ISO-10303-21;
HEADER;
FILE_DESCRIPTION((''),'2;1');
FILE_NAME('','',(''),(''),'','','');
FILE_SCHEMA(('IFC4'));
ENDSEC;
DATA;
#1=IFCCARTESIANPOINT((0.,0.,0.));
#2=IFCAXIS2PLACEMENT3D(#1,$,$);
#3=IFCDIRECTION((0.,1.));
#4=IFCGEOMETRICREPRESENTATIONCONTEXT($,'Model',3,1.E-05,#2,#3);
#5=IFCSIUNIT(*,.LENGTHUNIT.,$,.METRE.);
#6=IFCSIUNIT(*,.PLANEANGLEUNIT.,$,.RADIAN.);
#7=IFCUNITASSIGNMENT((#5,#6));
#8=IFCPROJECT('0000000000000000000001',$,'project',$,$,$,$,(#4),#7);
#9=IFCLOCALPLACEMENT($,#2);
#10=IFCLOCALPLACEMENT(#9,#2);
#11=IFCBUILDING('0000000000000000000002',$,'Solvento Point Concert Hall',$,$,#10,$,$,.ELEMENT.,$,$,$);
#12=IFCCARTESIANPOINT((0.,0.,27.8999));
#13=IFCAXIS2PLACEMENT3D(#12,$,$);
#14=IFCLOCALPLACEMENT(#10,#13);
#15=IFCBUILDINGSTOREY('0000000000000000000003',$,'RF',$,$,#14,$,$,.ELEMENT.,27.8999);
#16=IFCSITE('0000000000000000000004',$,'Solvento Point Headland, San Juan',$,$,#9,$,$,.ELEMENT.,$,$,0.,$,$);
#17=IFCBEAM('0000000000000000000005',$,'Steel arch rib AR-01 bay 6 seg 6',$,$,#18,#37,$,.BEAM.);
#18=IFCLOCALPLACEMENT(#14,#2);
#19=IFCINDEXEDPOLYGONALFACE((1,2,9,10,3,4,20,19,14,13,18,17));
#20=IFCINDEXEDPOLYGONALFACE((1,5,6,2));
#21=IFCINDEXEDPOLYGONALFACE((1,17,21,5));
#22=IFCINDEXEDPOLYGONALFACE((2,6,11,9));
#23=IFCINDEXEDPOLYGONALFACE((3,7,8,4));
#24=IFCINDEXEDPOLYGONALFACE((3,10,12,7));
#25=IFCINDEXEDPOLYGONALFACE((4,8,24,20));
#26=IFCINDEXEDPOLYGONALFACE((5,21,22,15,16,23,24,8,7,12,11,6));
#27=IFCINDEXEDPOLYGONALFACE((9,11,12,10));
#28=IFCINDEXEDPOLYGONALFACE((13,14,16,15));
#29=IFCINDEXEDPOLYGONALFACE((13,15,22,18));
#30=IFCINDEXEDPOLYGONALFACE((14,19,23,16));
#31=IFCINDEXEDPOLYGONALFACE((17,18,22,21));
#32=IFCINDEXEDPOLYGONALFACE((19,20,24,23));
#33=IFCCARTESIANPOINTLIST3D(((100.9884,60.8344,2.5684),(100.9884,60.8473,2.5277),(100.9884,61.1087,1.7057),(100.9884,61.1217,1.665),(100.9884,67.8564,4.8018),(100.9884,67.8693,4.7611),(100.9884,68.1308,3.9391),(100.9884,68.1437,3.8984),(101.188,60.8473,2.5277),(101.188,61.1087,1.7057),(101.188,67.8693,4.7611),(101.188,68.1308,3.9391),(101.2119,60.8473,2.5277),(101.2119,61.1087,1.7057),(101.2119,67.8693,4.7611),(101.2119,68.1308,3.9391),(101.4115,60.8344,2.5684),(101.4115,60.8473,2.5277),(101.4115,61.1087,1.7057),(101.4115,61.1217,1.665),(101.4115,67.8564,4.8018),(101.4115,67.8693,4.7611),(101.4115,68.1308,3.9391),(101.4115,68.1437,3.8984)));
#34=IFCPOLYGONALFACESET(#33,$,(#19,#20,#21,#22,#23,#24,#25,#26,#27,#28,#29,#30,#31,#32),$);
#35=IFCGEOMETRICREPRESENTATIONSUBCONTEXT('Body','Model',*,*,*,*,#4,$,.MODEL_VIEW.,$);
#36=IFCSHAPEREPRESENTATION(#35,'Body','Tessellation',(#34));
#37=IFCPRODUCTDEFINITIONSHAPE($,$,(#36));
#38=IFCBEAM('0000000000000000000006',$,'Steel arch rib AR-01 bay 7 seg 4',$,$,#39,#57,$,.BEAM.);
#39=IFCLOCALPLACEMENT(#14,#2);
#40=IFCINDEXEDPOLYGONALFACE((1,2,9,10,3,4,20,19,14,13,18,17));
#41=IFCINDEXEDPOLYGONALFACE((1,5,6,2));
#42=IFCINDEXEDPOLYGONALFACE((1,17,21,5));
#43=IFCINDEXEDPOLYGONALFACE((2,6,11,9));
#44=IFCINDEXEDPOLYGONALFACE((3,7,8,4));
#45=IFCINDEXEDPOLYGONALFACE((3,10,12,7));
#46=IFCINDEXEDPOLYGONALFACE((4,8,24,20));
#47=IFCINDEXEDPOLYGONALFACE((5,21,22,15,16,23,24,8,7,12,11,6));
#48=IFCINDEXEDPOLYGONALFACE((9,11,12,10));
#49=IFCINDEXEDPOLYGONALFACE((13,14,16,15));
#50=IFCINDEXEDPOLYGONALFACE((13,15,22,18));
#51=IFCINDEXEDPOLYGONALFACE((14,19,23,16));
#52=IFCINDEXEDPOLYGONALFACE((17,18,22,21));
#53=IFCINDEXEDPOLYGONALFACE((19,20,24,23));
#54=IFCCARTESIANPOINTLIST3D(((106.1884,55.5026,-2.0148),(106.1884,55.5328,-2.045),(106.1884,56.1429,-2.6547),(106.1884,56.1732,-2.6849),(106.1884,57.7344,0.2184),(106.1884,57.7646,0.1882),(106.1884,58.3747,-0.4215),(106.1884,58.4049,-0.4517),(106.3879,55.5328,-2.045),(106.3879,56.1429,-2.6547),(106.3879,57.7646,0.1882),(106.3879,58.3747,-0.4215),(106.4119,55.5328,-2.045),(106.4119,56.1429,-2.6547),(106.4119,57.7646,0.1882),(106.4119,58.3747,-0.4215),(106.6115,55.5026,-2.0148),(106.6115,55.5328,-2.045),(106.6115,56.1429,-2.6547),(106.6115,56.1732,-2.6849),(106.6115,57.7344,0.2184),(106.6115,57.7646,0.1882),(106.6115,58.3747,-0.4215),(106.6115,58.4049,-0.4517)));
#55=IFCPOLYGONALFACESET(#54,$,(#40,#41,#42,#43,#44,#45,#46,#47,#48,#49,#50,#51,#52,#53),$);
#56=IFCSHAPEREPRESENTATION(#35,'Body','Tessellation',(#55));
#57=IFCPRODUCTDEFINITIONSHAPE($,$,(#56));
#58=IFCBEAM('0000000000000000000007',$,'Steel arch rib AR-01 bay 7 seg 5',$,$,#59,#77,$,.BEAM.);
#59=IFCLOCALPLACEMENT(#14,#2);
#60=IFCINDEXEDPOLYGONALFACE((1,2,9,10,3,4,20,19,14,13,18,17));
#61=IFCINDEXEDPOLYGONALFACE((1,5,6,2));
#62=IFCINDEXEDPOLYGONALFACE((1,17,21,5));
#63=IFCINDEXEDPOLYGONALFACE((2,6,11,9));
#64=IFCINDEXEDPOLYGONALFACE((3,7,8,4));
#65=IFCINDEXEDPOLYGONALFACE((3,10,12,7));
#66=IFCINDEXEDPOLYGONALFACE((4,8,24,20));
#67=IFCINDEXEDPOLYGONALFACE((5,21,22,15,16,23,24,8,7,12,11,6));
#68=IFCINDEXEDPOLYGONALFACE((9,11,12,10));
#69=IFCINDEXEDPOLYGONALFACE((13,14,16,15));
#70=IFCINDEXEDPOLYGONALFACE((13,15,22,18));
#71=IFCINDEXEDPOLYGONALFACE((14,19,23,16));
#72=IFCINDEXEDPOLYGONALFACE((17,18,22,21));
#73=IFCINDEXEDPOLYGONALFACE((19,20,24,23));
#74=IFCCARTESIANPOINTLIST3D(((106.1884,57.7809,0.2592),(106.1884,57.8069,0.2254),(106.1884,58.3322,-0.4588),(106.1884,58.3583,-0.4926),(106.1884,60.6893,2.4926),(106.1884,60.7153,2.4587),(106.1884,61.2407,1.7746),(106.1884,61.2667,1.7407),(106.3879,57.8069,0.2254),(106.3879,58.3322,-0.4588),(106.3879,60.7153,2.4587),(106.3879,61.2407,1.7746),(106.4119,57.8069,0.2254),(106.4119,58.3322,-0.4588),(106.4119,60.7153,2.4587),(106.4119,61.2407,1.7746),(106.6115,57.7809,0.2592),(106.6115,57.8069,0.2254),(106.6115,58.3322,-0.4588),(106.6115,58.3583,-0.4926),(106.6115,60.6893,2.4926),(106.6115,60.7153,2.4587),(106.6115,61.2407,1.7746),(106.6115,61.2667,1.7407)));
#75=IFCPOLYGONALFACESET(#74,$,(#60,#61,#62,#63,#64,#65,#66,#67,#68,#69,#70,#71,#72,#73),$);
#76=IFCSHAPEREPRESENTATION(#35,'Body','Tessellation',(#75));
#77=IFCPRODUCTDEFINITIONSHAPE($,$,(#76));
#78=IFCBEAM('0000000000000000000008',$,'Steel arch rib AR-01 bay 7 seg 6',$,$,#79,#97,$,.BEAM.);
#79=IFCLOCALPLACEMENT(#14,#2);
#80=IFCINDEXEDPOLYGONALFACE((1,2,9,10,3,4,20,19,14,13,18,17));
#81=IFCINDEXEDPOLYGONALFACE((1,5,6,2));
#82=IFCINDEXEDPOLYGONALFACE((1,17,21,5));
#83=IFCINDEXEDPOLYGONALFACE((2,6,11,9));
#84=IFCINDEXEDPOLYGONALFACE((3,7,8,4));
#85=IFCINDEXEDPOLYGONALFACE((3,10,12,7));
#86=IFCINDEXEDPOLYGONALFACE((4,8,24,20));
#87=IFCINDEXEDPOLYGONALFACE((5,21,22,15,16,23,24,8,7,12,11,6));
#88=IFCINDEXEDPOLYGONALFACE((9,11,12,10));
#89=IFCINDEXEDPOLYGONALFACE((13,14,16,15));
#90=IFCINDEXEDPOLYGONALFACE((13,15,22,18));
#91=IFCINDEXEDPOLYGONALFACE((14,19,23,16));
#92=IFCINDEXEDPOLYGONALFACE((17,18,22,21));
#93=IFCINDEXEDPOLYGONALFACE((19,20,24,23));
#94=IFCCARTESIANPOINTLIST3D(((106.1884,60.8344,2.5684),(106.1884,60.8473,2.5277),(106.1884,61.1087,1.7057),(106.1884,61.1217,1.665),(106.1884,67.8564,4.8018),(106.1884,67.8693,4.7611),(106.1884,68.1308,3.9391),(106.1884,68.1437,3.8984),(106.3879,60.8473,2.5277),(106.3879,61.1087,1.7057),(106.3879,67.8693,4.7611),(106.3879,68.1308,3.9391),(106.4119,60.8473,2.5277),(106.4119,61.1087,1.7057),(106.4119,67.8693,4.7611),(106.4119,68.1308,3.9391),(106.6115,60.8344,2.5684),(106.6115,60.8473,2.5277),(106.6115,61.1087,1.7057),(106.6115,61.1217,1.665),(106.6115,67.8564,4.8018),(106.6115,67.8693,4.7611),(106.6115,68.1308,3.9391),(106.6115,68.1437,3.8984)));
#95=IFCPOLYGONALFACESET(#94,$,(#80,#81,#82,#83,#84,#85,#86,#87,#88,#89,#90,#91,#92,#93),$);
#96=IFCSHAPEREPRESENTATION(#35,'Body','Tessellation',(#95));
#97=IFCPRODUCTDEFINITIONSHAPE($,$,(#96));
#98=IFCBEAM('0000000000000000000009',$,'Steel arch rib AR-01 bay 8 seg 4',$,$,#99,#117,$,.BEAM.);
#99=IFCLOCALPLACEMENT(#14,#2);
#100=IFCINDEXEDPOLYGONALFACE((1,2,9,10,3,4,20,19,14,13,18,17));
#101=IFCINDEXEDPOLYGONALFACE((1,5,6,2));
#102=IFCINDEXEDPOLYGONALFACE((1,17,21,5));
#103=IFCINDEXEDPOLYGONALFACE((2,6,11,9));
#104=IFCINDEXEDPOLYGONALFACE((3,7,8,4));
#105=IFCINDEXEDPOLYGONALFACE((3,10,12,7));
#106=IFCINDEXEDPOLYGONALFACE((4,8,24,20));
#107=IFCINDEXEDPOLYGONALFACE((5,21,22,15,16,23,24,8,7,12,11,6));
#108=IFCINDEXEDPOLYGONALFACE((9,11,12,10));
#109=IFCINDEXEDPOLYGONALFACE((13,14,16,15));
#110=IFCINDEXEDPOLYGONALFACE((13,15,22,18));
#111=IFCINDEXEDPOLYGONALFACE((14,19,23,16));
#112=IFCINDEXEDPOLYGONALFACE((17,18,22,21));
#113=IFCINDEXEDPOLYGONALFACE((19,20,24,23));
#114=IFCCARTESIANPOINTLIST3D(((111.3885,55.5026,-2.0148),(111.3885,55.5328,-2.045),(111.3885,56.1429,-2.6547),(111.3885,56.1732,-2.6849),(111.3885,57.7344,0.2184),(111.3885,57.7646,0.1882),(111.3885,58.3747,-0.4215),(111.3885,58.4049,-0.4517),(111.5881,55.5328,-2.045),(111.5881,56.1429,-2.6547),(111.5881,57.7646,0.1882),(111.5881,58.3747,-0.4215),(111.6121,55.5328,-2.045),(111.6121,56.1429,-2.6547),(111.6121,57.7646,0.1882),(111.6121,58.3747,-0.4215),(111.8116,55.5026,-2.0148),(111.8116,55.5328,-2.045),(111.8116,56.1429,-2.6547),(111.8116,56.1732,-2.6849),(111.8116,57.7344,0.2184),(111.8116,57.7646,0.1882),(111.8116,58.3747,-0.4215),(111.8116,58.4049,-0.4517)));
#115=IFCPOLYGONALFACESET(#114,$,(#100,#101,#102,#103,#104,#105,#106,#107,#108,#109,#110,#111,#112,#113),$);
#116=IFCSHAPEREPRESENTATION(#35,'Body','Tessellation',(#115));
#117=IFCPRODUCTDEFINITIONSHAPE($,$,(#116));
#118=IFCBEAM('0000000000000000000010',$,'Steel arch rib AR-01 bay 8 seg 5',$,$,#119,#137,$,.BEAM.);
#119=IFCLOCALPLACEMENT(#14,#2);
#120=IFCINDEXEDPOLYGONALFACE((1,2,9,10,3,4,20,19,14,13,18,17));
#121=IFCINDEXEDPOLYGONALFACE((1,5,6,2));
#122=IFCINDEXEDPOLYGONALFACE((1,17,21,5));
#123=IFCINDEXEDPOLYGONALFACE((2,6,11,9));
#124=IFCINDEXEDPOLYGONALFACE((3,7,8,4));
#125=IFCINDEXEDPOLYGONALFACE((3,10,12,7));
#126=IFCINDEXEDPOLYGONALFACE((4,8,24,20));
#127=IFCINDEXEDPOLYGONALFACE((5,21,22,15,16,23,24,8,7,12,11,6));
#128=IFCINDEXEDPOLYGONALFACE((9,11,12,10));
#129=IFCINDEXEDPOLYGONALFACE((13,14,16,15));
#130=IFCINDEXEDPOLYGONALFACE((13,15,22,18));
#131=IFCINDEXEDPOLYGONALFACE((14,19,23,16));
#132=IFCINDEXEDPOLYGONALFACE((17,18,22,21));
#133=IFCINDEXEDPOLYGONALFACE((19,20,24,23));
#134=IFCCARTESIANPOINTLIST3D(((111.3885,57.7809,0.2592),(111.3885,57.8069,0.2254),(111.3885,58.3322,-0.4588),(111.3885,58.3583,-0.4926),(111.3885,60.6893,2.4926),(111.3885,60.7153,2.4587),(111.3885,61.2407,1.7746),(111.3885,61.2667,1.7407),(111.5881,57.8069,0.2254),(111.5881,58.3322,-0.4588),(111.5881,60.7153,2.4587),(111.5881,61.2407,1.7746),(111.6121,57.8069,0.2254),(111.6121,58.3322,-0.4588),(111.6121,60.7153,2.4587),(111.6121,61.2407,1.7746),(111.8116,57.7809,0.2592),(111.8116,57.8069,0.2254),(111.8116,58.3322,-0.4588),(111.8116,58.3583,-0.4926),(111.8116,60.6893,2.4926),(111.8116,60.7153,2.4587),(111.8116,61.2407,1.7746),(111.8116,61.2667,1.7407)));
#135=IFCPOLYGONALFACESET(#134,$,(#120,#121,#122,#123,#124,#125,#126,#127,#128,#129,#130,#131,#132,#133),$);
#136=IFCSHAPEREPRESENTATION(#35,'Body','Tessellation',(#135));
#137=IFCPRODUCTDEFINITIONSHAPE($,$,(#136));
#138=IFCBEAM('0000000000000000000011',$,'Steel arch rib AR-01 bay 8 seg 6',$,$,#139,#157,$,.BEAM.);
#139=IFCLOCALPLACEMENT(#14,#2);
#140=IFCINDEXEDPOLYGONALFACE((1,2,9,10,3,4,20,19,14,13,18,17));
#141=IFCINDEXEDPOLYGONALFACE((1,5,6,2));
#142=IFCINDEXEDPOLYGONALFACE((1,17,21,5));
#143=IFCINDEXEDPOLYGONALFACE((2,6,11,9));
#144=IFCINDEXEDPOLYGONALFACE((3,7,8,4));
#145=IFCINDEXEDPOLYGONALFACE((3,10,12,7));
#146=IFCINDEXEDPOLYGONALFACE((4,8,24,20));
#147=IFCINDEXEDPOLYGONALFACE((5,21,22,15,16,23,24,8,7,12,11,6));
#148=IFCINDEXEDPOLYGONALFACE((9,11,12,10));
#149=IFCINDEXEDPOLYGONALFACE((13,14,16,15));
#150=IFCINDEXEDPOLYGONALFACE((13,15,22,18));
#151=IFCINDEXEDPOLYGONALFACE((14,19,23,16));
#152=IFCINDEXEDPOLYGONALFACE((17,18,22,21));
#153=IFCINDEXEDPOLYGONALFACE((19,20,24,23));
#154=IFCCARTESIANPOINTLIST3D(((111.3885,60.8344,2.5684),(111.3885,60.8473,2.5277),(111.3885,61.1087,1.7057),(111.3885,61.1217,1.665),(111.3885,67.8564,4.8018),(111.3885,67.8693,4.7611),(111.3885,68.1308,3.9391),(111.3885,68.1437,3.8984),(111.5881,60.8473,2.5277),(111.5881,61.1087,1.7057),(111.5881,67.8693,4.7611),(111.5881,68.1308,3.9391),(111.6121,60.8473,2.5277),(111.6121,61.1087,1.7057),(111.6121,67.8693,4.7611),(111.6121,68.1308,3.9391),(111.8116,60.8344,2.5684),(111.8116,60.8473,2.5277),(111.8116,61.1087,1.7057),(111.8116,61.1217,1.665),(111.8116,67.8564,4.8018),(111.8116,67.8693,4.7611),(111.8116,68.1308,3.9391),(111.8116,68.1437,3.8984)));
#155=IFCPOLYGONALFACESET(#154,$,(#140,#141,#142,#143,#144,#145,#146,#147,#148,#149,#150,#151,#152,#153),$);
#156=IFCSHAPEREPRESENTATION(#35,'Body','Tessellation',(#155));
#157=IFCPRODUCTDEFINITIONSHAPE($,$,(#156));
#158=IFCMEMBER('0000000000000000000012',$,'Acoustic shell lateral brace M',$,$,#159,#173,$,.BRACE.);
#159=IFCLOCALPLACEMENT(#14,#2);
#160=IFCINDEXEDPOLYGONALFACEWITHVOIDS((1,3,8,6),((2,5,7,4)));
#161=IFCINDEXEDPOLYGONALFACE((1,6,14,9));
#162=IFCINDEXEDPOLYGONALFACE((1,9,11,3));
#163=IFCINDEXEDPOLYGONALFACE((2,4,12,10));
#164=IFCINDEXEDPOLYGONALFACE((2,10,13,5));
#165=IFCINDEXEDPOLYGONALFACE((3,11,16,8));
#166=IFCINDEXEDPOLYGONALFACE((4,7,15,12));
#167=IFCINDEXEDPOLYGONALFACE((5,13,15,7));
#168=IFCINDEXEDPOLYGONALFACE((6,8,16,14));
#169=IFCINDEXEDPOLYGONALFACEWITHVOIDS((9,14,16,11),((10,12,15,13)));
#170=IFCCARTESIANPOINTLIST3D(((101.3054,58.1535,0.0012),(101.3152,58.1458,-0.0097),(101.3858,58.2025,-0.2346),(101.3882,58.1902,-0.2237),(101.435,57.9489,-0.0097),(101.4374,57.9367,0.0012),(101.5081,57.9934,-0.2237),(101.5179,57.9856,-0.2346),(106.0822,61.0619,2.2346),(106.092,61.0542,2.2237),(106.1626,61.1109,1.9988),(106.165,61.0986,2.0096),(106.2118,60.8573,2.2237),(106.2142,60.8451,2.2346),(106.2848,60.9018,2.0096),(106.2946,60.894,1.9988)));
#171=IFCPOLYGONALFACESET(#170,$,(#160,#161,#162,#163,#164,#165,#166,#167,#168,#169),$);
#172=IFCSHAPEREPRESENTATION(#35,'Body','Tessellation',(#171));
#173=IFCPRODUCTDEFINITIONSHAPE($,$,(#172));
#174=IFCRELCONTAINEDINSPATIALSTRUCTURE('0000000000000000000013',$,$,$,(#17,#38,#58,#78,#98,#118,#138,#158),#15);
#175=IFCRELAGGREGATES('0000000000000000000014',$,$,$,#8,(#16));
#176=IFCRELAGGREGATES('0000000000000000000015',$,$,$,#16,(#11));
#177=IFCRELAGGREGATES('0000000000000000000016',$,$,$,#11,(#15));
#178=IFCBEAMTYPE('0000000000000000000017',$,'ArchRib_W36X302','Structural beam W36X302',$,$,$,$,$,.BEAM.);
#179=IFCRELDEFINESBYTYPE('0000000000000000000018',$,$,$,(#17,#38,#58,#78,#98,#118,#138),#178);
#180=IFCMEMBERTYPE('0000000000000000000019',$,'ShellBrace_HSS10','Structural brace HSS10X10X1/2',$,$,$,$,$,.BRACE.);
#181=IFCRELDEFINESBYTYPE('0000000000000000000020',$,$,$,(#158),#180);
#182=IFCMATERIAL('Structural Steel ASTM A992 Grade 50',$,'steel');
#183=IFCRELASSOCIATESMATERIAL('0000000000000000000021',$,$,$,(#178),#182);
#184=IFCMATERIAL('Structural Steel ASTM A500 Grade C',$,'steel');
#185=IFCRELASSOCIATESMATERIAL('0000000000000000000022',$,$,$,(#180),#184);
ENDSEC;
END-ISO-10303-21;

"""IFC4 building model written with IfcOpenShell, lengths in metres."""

from ifc_helpers import new_model, si_unit, direction, frame, origin, origin_2d, place, context, subcontext, project, spatial, hollow_rectangle, i_section, extrude, material, material_profile, profile_set, type_object, element, save


model = new_model("IFC4")

# Units and contexts
model_context = context("Model", 3, precision=1e-05, world=origin(), true_north=direction((0.0, 1.0)))
body_context = subcontext(model_context, "Body", "Model", "MODEL_VIEW")
ifc_project = project(units=[si_unit("LENGTHUNIT", "METRE"), si_unit("PLANEANGLEUNIT", "RADIAN")], contexts=[model_context])

# Site, building, storey
site_placement = place(None, origin())
site = spatial("IfcSite", under=ifc_project, at=site_placement, Name="Solvento Point Headland, San Juan", CompositionType="ELEMENT", RefElevation=0.0)
building_placement = place(site_placement, origin())
building = spatial("IfcBuilding", under=site, at=building_placement, Name="Solvento Point Concert Hall", CompositionType="ELEMENT")
storey_placement = place(building_placement, frame((0.0, 0.0, 27.8999)))
storey = spatial("IfcBuildingStorey", under=building, at=storey_placement, Name="RF", CompositionType="ELEMENT", Elevation=27.8999)

# Beams
ifc_material_1 = material(Name="Structural Steel ASTM A992 Grade 50", Category="steel")
ifc_material_profile_1 = material_profile(ifc_material_1, i_section(OverallWidth=0.4231, OverallDepth=0.948, WebThickness=0.0239, FlangeThickness=0.0427, at=origin_2d()), Name="W36X302")
ifc_profile_set_1 = profile_set([ifc_material_profile_1], Name="Structural Steel ASTM A992 Grade 50")
beam_type = type_object("IfcBeamType", Name="ArchRib_W36X302", Description="Structural beam W36X302", PredefinedType="BEAM", material=ifc_profile_set_1)
beam_1_placement = place(storey_placement, frame((101.2, 60.978, 2.1167), z_axis=(0.0, 0.95296, 0.303097), x_axis=(-1.0, 0.0, 0.0)))
element("IfcBeam", 1, at=beam_1_placement, inside=storey, type_object=beam_type, Name="Steel arch rib AR-01 bay 6 seg 6", PredefinedType="BEAM", context=body_context, shape_type="SweptSolid", body=[
    extrude(i_section(OverallWidth=0.4231, OverallDepth=0.948, WebThickness=0.0239, FlangeThickness=0.0427, at=origin_2d()), origin(), (0.0, 0.0, 1.0), 7.3687),
])
beam_2_placement = place(storey_placement, frame((106.3999, 55.8379, -2.3499), z_axis=(0.0, 0.706875, 0.707339), x_axis=(-1.0, 0.0, 0.0)))
element("IfcBeam", 2, at=beam_2_placement, inside=storey, type_object=beam_type, Name="Steel arch rib AR-01 bay 7 seg 4", PredefinedType="BEAM", context=body_context, shape_type="SweptSolid", body=[
    extrude(i_section(OverallWidth=0.4231, OverallDepth=0.948, WebThickness=0.0239, FlangeThickness=0.0427, at=origin_2d()), origin(), (0.0, 0.0, 1.0), 3.1572),
])
beam_3_placement = place(storey_placement, frame((106.3999, 58.0696, -0.1167), z_axis=(0.0, 0.793134, 0.609048), x_axis=(-1.0, 0.0, 0.0)))
element("IfcBeam", 3, at=beam_3_placement, inside=storey, type_object=beam_type, Name="Steel arch rib AR-01 bay 7 seg 5", PredefinedType="BEAM", context=body_context, shape_type="SweptSolid", body=[
    extrude(i_section(OverallWidth=0.4231, OverallDepth=0.948, WebThickness=0.0239, FlangeThickness=0.0427, at=origin_2d()), origin(), (0.0, 0.0, 1.0), 3.667),
])
beam_4_placement = place(storey_placement, frame((106.3999, 60.978, 2.1167), z_axis=(0.0, 0.95296, 0.303097), x_axis=(-1.0, 0.0, 0.0)))
element("IfcBeam", 4, at=beam_4_placement, inside=storey, type_object=beam_type, Name="Steel arch rib AR-01 bay 7 seg 6", PredefinedType="BEAM", context=body_context, shape_type="SweptSolid", body=[
    extrude(i_section(OverallWidth=0.4231, OverallDepth=0.948, WebThickness=0.0239, FlangeThickness=0.0427, at=origin_2d()), origin(), (0.0, 0.0, 1.0), 7.3687),
])
beam_5_placement = place(storey_placement, frame((111.6001, 55.8379, -2.3499), z_axis=(0.0, 0.706875, 0.707339), x_axis=(-1.0, 0.0, 0.0)))
element("IfcBeam", 5, at=beam_5_placement, inside=storey, type_object=beam_type, Name="Steel arch rib AR-01 bay 8 seg 4", PredefinedType="BEAM", context=body_context, shape_type="SweptSolid", body=[
    extrude(i_section(OverallWidth=0.4231, OverallDepth=0.948, WebThickness=0.0239, FlangeThickness=0.0427, at=origin_2d()), origin(), (0.0, 0.0, 1.0), 3.1572),
])
beam_6_placement = place(storey_placement, frame((111.6001, 58.0696, -0.1167), z_axis=(0.0, 0.793134, 0.609048), x_axis=(-1.0, 0.0, 0.0)))
element("IfcBeam", 6, at=beam_6_placement, inside=storey, type_object=beam_type, Name="Steel arch rib AR-01 bay 8 seg 5", PredefinedType="BEAM", context=body_context, shape_type="SweptSolid", body=[
    extrude(i_section(OverallWidth=0.4231, OverallDepth=0.948, WebThickness=0.0239, FlangeThickness=0.0427, at=origin_2d()), origin(), (0.0, 0.0, 1.0), 3.667),
])
beam_7_placement = place(storey_placement, frame((111.6001, 60.978, 2.1167), z_axis=(0.0, 0.95296, 0.303097), x_axis=(-1.0, 0.0, 0.0)))
element("IfcBeam", 7, at=beam_7_placement, inside=storey, type_object=beam_type, Name="Steel arch rib AR-01 bay 8 seg 6", PredefinedType="BEAM", context=body_context, shape_type="SweptSolid", body=[
    extrude(i_section(OverallWidth=0.4231, OverallDepth=0.948, WebThickness=0.0239, FlangeThickness=0.0427, at=origin_2d()), origin(), (0.0, 0.0, 1.0), 7.3687),
])

# Member
ifc_material_2 = material(Name="Structural Steel ASTM A500 Grade C", Category="steel")
ifc_material_profile_2 = material_profile(ifc_material_2, hollow_rectangle(XDim=0.2539, YDim=0.2539, WallThickness=0.0117, at=origin_2d()), Name="HSS10X10X1/2")
ifc_profile_set_2 = profile_set([ifc_material_profile_2], Name="Structural Steel ASTM A500 Grade C")
member_type_1 = type_object("IfcMemberType", Name="ShellBrace_HSS10", Description="Structural brace HSS10X10X1/2", PredefinedType="BRACE", material=ifc_profile_set_2)
member_placement = place(storey_placement, frame((101.4116, 58.0696, -0.1167), z_axis=(0.793223, 0.482964, 0.370868), x_axis=(-0.520051, 0.854135, 0.0)))
element("IfcMember", 8, at=member_placement, inside=storey, type_object=member_type_1, Name="Acoustic shell lateral brace M", PredefinedType="BRACE", context=body_context, shape_type="SweptSolid", body=[
    extrude(hollow_rectangle(XDim=0.2539, YDim=0.2539, WallThickness=0.0117, at=origin_2d()), origin(), (0.0, 0.0, 1.0), 6.022),
])

save(model, "model.ifc")
